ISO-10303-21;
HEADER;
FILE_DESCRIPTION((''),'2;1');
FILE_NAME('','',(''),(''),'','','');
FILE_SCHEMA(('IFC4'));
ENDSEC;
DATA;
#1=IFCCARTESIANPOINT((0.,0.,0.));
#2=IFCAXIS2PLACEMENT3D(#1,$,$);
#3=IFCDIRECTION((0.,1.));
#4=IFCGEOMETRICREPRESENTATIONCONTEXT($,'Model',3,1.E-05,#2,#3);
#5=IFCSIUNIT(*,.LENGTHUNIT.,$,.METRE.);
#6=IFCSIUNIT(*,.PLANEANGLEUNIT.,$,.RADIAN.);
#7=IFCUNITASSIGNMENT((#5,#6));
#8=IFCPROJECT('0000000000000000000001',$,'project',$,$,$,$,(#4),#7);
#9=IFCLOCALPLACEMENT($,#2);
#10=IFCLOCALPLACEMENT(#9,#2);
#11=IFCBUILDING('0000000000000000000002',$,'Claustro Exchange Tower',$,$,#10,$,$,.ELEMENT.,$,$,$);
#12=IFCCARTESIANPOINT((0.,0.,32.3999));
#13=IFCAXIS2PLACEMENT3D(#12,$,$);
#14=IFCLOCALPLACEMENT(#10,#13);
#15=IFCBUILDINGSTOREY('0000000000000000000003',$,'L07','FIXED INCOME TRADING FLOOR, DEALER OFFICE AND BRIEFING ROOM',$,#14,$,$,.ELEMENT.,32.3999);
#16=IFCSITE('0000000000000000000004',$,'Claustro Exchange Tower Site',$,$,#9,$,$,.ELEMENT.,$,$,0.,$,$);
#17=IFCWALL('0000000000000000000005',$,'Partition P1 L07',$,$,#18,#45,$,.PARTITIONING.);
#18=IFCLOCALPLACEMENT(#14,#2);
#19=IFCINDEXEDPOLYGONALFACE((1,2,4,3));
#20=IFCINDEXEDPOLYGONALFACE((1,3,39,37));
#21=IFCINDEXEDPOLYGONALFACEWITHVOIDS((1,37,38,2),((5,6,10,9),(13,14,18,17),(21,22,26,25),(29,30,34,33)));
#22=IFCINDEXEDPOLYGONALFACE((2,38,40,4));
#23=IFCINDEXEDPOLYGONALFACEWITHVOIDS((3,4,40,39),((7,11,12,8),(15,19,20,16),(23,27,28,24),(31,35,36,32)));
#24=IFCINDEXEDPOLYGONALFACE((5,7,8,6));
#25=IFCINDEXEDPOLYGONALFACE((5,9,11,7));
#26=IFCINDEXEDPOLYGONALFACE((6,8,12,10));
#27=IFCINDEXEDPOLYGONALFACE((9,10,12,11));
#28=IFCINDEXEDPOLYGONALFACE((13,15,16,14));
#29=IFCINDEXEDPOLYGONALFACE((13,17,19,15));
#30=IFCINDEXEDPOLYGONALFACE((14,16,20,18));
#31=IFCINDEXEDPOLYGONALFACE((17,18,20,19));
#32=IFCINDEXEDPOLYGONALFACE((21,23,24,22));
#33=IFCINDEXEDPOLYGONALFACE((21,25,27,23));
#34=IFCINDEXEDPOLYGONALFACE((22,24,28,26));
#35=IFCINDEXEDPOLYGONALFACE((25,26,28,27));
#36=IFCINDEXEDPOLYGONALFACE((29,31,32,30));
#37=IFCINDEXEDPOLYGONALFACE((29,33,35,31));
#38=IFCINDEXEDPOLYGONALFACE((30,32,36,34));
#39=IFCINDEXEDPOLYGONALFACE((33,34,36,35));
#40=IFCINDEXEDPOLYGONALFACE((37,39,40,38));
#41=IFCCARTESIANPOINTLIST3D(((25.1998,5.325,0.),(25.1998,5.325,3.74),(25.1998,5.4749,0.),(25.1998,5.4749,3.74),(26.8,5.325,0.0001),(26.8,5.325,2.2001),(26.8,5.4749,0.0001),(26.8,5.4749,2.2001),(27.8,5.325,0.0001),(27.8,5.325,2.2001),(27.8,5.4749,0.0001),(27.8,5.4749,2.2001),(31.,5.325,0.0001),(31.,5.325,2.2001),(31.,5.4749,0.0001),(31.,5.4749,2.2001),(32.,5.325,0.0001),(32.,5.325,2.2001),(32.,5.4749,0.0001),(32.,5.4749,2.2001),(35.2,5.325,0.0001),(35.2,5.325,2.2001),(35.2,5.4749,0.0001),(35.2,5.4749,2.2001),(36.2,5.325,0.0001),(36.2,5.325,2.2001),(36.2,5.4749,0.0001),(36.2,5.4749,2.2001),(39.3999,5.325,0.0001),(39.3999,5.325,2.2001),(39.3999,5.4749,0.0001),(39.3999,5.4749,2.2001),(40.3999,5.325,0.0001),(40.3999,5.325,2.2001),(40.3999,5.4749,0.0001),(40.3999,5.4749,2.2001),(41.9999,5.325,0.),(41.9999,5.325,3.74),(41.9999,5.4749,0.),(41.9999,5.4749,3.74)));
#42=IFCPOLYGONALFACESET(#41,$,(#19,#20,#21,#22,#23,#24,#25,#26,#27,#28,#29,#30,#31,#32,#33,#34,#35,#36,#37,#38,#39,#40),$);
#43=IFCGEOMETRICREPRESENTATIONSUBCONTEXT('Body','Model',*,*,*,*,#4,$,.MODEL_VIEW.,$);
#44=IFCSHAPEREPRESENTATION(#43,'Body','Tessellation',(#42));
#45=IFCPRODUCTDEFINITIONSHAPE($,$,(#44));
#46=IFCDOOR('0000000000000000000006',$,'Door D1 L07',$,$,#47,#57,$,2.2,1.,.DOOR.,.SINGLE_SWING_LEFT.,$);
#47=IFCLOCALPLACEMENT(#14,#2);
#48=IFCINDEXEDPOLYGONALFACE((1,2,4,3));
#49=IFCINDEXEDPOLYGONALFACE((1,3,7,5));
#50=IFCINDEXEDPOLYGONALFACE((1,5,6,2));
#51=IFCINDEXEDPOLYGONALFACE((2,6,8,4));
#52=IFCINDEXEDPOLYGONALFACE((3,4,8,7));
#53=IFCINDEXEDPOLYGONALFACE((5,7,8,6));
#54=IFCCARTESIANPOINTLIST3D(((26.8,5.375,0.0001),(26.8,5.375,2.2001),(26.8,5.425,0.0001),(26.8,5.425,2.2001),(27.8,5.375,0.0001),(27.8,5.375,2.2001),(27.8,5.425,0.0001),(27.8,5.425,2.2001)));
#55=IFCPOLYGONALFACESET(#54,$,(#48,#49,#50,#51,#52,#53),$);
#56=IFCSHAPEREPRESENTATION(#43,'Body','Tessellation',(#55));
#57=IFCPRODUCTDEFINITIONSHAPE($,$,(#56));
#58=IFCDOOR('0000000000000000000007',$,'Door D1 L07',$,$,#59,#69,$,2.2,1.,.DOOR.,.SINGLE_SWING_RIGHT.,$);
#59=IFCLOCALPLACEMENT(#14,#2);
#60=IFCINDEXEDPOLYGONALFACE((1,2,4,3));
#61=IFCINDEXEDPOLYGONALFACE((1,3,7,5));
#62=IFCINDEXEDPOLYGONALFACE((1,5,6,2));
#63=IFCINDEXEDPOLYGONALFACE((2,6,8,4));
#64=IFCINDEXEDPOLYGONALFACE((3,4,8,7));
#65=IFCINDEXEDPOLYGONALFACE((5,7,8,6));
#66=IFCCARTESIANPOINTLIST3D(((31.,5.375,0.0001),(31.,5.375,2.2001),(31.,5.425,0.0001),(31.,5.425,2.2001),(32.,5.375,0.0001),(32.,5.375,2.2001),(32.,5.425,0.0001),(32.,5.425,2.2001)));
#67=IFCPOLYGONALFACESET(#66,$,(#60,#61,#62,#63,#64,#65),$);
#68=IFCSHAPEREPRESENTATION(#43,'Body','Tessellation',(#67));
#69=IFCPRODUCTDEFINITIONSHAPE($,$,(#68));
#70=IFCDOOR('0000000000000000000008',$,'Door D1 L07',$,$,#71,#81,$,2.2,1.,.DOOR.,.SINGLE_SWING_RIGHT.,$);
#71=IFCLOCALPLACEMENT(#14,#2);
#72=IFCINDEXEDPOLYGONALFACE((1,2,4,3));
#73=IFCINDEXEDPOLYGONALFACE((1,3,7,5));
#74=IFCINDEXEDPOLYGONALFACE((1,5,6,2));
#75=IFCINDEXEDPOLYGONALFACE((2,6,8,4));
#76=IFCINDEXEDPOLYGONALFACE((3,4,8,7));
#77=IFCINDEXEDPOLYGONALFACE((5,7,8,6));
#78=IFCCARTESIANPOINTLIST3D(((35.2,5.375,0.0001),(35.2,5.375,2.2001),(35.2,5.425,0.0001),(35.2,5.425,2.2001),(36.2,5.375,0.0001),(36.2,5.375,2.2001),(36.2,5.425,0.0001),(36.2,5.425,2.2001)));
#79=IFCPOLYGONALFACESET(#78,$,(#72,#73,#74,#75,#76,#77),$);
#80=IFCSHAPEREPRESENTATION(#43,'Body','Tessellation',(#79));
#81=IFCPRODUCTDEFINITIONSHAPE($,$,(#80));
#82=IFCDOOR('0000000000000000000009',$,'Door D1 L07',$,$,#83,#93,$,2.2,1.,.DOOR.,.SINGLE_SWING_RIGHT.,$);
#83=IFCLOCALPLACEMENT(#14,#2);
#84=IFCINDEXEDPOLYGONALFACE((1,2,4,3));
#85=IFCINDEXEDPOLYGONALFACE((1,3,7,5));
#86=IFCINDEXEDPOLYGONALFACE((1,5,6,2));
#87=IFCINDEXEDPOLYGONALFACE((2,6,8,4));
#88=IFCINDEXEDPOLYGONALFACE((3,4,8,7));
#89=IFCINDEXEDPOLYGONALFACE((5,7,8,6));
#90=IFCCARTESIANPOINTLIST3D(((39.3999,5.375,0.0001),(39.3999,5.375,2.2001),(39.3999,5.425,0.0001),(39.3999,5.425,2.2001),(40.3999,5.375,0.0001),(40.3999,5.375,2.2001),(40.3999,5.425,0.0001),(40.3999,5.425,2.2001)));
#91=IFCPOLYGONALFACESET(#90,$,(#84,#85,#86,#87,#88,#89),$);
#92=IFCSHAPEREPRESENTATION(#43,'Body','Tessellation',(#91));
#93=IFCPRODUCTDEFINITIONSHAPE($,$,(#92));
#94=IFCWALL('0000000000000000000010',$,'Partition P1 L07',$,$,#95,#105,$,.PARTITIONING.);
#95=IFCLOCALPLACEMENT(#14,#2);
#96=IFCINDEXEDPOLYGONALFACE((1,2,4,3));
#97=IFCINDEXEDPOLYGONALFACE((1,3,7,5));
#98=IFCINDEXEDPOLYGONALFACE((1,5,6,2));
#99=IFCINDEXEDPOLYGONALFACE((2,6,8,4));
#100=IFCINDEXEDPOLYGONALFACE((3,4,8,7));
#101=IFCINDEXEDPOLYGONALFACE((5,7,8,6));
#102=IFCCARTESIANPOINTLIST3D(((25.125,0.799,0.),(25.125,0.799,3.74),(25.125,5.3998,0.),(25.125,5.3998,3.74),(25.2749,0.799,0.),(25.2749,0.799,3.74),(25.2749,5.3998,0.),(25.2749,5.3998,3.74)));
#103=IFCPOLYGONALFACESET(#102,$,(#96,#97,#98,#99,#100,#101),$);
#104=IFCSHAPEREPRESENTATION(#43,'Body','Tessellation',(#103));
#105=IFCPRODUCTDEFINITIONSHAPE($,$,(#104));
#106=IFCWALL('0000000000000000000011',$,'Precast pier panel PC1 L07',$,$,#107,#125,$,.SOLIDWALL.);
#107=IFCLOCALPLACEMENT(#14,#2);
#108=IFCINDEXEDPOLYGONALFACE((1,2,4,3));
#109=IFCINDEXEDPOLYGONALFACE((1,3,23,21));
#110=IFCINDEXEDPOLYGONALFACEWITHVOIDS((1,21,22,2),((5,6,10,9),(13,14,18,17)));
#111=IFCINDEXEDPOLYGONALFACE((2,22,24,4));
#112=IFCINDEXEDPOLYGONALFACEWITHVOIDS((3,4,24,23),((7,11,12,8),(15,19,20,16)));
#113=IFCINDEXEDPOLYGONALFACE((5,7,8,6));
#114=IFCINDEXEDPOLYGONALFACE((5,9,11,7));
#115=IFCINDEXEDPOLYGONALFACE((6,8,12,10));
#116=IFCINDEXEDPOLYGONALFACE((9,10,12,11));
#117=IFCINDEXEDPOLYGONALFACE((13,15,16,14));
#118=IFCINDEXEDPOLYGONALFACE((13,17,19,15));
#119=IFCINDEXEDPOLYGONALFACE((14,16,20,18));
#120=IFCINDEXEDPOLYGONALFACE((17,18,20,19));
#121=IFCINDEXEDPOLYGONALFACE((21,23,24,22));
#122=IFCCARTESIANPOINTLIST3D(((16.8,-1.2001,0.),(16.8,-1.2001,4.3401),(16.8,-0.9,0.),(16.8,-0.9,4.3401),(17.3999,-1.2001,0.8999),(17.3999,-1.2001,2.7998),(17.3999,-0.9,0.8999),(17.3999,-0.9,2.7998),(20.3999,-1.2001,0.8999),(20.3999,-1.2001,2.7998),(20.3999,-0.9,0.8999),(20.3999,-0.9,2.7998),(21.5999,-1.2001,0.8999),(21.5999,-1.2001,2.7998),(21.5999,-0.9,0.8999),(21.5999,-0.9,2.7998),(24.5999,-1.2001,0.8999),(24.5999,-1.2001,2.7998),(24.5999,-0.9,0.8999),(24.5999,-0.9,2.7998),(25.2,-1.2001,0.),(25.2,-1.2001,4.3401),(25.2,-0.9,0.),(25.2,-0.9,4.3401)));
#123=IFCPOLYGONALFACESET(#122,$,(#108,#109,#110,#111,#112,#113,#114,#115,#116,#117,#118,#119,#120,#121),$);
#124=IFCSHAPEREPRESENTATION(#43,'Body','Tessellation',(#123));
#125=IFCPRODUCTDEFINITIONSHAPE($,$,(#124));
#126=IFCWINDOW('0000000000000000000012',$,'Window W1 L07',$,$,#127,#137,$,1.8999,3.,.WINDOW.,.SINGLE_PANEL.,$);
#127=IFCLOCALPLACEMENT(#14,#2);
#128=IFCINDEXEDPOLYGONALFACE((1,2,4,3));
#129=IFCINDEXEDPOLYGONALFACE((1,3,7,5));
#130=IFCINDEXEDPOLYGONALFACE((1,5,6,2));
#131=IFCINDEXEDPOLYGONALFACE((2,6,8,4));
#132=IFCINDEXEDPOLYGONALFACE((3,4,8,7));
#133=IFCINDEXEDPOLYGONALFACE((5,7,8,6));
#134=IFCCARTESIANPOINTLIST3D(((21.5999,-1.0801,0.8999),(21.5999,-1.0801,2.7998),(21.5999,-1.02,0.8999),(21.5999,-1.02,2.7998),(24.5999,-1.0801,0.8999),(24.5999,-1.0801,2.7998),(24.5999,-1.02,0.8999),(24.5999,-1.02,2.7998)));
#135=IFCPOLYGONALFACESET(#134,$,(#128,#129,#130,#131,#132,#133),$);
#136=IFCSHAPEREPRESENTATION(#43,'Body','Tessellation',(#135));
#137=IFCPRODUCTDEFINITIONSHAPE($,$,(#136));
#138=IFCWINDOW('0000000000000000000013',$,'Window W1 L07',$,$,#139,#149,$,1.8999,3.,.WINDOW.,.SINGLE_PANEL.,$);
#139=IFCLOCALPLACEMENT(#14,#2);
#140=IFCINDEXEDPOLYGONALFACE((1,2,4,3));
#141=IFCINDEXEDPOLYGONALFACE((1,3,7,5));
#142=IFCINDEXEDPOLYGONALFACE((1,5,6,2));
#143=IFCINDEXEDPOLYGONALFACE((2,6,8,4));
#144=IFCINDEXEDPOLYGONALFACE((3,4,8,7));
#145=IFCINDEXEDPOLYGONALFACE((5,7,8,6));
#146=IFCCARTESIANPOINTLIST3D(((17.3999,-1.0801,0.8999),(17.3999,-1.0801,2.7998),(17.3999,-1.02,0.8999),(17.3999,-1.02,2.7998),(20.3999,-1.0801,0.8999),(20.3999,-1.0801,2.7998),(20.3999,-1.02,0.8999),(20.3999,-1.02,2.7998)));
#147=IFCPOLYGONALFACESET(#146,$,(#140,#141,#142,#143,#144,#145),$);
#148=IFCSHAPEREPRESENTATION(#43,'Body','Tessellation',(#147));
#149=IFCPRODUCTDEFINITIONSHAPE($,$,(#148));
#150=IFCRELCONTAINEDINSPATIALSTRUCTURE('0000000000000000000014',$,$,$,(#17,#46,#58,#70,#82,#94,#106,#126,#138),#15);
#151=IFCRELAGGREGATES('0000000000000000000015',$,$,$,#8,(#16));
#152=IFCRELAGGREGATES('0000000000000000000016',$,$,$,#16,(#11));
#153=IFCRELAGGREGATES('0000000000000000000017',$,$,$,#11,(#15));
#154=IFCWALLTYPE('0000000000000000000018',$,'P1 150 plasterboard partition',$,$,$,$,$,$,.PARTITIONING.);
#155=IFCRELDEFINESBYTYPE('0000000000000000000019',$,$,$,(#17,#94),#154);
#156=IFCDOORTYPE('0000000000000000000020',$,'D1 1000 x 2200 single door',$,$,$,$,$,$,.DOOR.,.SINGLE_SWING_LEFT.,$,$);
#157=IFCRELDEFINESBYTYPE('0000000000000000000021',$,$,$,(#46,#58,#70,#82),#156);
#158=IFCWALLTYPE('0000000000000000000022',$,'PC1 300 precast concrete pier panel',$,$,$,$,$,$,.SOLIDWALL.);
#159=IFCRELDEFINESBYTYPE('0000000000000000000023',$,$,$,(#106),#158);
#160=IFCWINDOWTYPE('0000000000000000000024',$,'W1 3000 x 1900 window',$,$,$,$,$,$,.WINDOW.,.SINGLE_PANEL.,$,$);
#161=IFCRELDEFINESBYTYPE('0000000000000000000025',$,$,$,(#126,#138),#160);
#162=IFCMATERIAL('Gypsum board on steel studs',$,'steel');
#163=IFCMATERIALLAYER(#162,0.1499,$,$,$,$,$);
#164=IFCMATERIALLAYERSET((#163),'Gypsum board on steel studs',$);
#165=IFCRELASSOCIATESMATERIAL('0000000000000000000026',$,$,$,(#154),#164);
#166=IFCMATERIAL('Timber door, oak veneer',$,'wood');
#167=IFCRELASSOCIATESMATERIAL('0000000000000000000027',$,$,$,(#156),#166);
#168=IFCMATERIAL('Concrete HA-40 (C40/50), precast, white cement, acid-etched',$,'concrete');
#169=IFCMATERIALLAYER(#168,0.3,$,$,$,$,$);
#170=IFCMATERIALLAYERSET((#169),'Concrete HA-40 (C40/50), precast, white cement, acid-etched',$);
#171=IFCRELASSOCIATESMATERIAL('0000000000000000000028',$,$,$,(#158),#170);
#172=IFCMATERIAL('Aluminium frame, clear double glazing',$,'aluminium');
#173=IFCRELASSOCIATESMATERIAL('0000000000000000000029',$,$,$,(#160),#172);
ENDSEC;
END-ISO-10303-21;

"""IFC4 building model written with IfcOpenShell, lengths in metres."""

from ifc_helpers import new_model, si_unit, direction, frame, frame_2d, origin, place, context, subcontext, project, spatial, rectangle, extrude, material, layer, layer_set, type_object, element, fill, save


model = new_model("IFC4")

# Units and contexts
model_context = context("Model", 3, precision=1e-05, world=origin(), true_north=direction((0.0, 1.0)))
body_context = subcontext(model_context, "Body", "Model", "MODEL_VIEW")
ifc_project = project(units=[si_unit("LENGTHUNIT", "METRE"), si_unit("PLANEANGLEUNIT", "RADIAN")], contexts=[model_context])

# Site, building, storey
site_placement = place(None, origin())
site = spatial("IfcSite", under=ifc_project, at=site_placement, Name="Claustro Exchange Tower Site", CompositionType="ELEMENT", RefElevation=0.0)
building_placement = place(site_placement, origin())
building = spatial("IfcBuilding", under=site, at=building_placement, Name="Claustro Exchange Tower", CompositionType="ELEMENT")
storey_placement = place(building_placement, frame((0.0, 0.0, 32.3999)))
storey = spatial("IfcBuildingStorey", under=building, at=storey_placement, Name="L07", Description="FIXED INCOME TRADING FLOOR, DEALER OFFICE AND BRIEFING ROOM", CompositionType="ELEMENT", Elevation=32.3999)

# Wall, openings, doors
ifc_material_1 = material(Name="Gypsum board on steel studs", Category="steel")
ifc_layer_1 = layer(ifc_material_1, 0.1499)
ifc_layer_set_1 = layer_set([ifc_layer_1], Name="Gypsum board on steel studs")
wall_type_1 = type_object("IfcWallType", Name="P1 150 plasterboard partition", PredefinedType="PARTITIONING", material=ifc_layer_set_1)
wall_1_placement = place(storey_placement, frame((25.2, 5.3999, 0.0), z_axis=(0.0, 0.0, 1.0), x_axis=(1.0, 0.0, 0.0)))
wall_1 = element("IfcWall", 1, at=wall_1_placement, inside=storey, type_object=wall_type_1, Name="Partition P1 L07", PredefinedType="PARTITIONING", context=body_context, shape_type="SweptSolid", body=[
    extrude(rectangle(XDim=16.8, YDim=0.1499, at=frame_2d((8.3999, 0.0))), origin(), (0.0, 0.0, 1.0), 3.74),
])
opening_1_placement = place(wall_1_placement, frame((1.6001, 0.0, 0.0)))
opening_1 = element("IfcOpeningElement", 2, at=opening_1_placement, cuts=wall_1, PredefinedType="OPENING", context=body_context, shape_type="SweptSolid", body=[
    extrude(rectangle(XDim=1.0, YDim=2.2, at=frame_2d((0.5, 1.1001))), frame((0.0, 0.085, 0.0), z_axis=(0.0, -1.0, 0.0), x_axis=(1.0, 0.0, 0.0)), (0.0, 0.0, 1.0), 0.1699),
])
opening_2_placement = place(wall_1_placement, frame((5.8, 0.0, 0.0)))
opening_2 = element("IfcOpeningElement", 3, at=opening_2_placement, cuts=wall_1, PredefinedType="OPENING", context=body_context, shape_type="SweptSolid", body=[
    extrude(rectangle(XDim=1.0, YDim=2.2, at=frame_2d((0.5, 1.1001))), frame((0.0, 0.085, 0.0), z_axis=(0.0, -1.0, 0.0), x_axis=(1.0, 0.0, 0.0)), (0.0, 0.0, 1.0), 0.1699),
])
opening_3_placement = place(wall_1_placement, frame((10.0, 0.0, 0.0)))
opening_3 = element("IfcOpeningElement", 4, at=opening_3_placement, cuts=wall_1, PredefinedType="OPENING", context=body_context, shape_type="SweptSolid", body=[
    extrude(rectangle(XDim=1.0, YDim=2.2, at=frame_2d((0.5, 1.1001))), frame((0.0, 0.085, 0.0), z_axis=(0.0, -1.0, 0.0), x_axis=(1.0, 0.0, 0.0)), (0.0, 0.0, 1.0), 0.1699),
])
opening_4_placement = place(wall_1_placement, frame((14.2, 0.0, 0.0)))
opening_4 = element("IfcOpeningElement", 5, at=opening_4_placement, cuts=wall_1, PredefinedType="OPENING", context=body_context, shape_type="SweptSolid", body=[
    extrude(rectangle(XDim=1.0, YDim=2.2, at=frame_2d((0.5, 1.1001))), frame((0.0, 0.085, 0.0), z_axis=(0.0, -1.0, 0.0), x_axis=(1.0, 0.0, 0.0)), (0.0, 0.0, 1.0), 0.1699),
])
ifc_material_2 = material(Name="Timber door, oak veneer", Category="wood")
door_type = type_object("IfcDoorType", Name="D1 1000 x 2200 single door", OperationType="SINGLE_SWING_LEFT", PredefinedType="DOOR", material=ifc_material_2)
door_1_placement = place(opening_1_placement, frame((1.0, 0.0, 0.0), z_axis=(0.0, 0.0, 1.0), x_axis=(-1.0, 0.0, 0.0)))
door_1 = element("IfcDoor", 6, at=door_1_placement, inside=storey, type_object=door_type, Name="Door D1 L07", OperationType="SINGLE_SWING_LEFT", OverallHeight=2.2, OverallWidth=1.0, PredefinedType="DOOR", context=body_context, shape_type="SweptSolid", body=[
    extrude(rectangle(XDim=1.0, YDim=2.2, at=frame_2d((0.5, 1.1001))), frame((0.0, 0.0249, 0.0), z_axis=(0.0, -1.0, 0.0), x_axis=(1.0, 0.0, 0.0)), (0.0, 0.0, 1.0), 0.05),
])
fill(opening_1, door_1)
door_2_placement = place(opening_2_placement, frame((1.0, 0.0, 0.0), z_axis=(0.0, 0.0, 1.0), x_axis=(-1.0, 0.0, 0.0)))
door_2 = element("IfcDoor", 7, at=door_2_placement, inside=storey, type_object=door_type, Name="Door D1 L07", OperationType="SINGLE_SWING_RIGHT", OverallHeight=2.2, OverallWidth=1.0, PredefinedType="DOOR", context=body_context, shape_type="SweptSolid", body=[
    extrude(rectangle(XDim=1.0, YDim=2.2, at=frame_2d((0.5, 1.1001))), frame((0.0, 0.0249, 0.0), z_axis=(0.0, -1.0, 0.0), x_axis=(1.0, 0.0, 0.0)), (0.0, 0.0, 1.0), 0.05),
])
fill(opening_2, door_2)
door_3_placement = place(opening_3_placement, frame((1.0, 0.0, 0.0), z_axis=(0.0, 0.0, 1.0), x_axis=(-1.0, 0.0, 0.0)))
door_3 = element("IfcDoor", 8, at=door_3_placement, inside=storey, type_object=door_type, Name="Door D1 L07", OperationType="SINGLE_SWING_RIGHT", OverallHeight=2.2, OverallWidth=1.0, PredefinedType="DOOR", context=body_context, shape_type="SweptSolid", body=[
    extrude(rectangle(XDim=1.0, YDim=2.2, at=frame_2d((0.5, 1.1001))), frame((0.0, 0.0249, 0.0), z_axis=(0.0, -1.0, 0.0), x_axis=(1.0, 0.0, 0.0)), (0.0, 0.0, 1.0), 0.05),
])
fill(opening_3, door_3)
door_4_placement = place(opening_4_placement, frame((1.0, 0.0, 0.0), z_axis=(0.0, 0.0, 1.0), x_axis=(-1.0, 0.0, 0.0)))
door_4 = element("IfcDoor", 9, at=door_4_placement, inside=storey, type_object=door_type, Name="Door D1 L07", OperationType="SINGLE_SWING_RIGHT", OverallHeight=2.2, OverallWidth=1.0, PredefinedType="DOOR", context=body_context, shape_type="SweptSolid", body=[
    extrude(rectangle(XDim=1.0, YDim=2.2, at=frame_2d((0.5, 1.1001))), frame((0.0, 0.0249, 0.0), z_axis=(0.0, -1.0, 0.0), x_axis=(1.0, 0.0, 0.0)), (0.0, 0.0, 1.0), 0.05),
])
fill(opening_4, door_4)

# Wall
wall_2_placement = place(storey_placement, frame((25.2, 0.7991, 0.0), z_axis=(0.0, 0.0, 1.0), x_axis=(0.0, 1.0, 0.0)))
element("IfcWall", 10, at=wall_2_placement, inside=storey, type_object=wall_type_1, Name="Partition P1 L07", PredefinedType="PARTITIONING", context=body_context, shape_type="SweptSolid", body=[
    extrude(rectangle(XDim=4.6008, YDim=0.1499, at=frame_2d((2.3003, 0.0))), origin(), (0.0, 0.0, 1.0), 3.74),
])

# Wall, openings, windows
ifc_material_3 = material(Name="Concrete HA-40 (C40/50), precast, white cement, acid-etched", Category="concrete")
ifc_layer_2 = layer(ifc_material_3, 0.3)
ifc_layer_set_2 = layer_set([ifc_layer_2], Name="Concrete HA-40 (C40/50), precast, white cement, acid-etched")
wall_type_2 = type_object("IfcWallType", Name="PC1 300 precast concrete pier panel", PredefinedType="SOLIDWALL", material=ifc_layer_set_2)
wall_3_placement = place(storey_placement, frame((25.2, -1.05, 0.0), z_axis=(0.0, 0.0, 1.0), x_axis=(-1.0, 0.0, 0.0)))
wall_3 = element("IfcWall", 11, at=wall_3_placement, inside=storey, type_object=wall_type_2, Name="Precast pier panel PC1 L07", PredefinedType="SOLIDWALL", context=body_context, shape_type="SweptSolid", body=[
    extrude(rectangle(XDim=8.3999, YDim=0.3, at=frame_2d((4.2, 0.0))), origin(), (0.0, 0.0, 1.0), 4.3401),
])
opening_5_placement = place(wall_3_placement, frame((0.6001, 0.0, 0.8999)))
opening_5 = element("IfcOpeningElement", 12, at=opening_5_placement, cuts=wall_3, PredefinedType="OPENING", context=body_context, shape_type="SweptSolid", body=[
    extrude(rectangle(XDim=3.0, YDim=1.8999, at=frame_2d((1.5, 0.95))), frame((0.0, 0.1599, 0.0), z_axis=(0.0, -1.0, 0.0), x_axis=(1.0, 0.0, 0.0)), (0.0, 0.0, 1.0), 0.3201),
])
opening_6_placement = place(wall_3_placement, frame((4.8, 0.0, 0.8999)))
opening_6 = element("IfcOpeningElement", 13, at=opening_6_placement, cuts=wall_3, PredefinedType="OPENING", context=body_context, shape_type="SweptSolid", body=[
    extrude(rectangle(XDim=3.0, YDim=1.8999, at=frame_2d((1.5, 0.95))), frame((0.0, 0.1599, 0.0), z_axis=(0.0, -1.0, 0.0), x_axis=(1.0, 0.0, 0.0)), (0.0, 0.0, 1.0), 0.3201),
])
ifc_material_4 = material(Name="Aluminium frame, clear double glazing", Category="aluminium")
window_type_1 = type_object("IfcWindowType", Name="W1 3000 x 1900 window", PartitioningType="SINGLE_PANEL", PredefinedType="WINDOW", material=ifc_material_4)
window_1_placement = place(opening_5_placement, origin())
window_1 = element("IfcWindow", 14, at=window_1_placement, inside=storey, type_object=window_type_1, Name="Window W1 L07", OverallHeight=1.8999, OverallWidth=3.0, PartitioningType="SINGLE_PANEL", PredefinedType="WINDOW", context=body_context, shape_type="SweptSolid", body=[
    extrude(rectangle(XDim=3.0, YDim=1.8999, at=frame_2d((1.5, 0.95))), frame((0.0, 0.03, 0.0), z_axis=(0.0, -1.0, 0.0), x_axis=(1.0, 0.0, 0.0)), (0.0, 0.0, 1.0), 0.0601),
])
fill(opening_5, window_1)
window_2_placement = place(opening_6_placement, origin())
window_2 = element("IfcWindow", 15, at=window_2_placement, inside=storey, type_object=window_type_1, Name="Window W1 L07", OverallHeight=1.8999, OverallWidth=3.0, PartitioningType="SINGLE_PANEL", PredefinedType="WINDOW", context=body_context, shape_type="SweptSolid", body=[
    extrude(rectangle(XDim=3.0, YDim=1.8999, at=frame_2d((1.5, 0.95))), frame((0.0, 0.03, 0.0), z_axis=(0.0, -1.0, 0.0), x_axis=(1.0, 0.0, 0.0)), (0.0, 0.0, 1.0), 0.0601),
])
fill(opening_6, window_2)

save(model, "model.ifc")
